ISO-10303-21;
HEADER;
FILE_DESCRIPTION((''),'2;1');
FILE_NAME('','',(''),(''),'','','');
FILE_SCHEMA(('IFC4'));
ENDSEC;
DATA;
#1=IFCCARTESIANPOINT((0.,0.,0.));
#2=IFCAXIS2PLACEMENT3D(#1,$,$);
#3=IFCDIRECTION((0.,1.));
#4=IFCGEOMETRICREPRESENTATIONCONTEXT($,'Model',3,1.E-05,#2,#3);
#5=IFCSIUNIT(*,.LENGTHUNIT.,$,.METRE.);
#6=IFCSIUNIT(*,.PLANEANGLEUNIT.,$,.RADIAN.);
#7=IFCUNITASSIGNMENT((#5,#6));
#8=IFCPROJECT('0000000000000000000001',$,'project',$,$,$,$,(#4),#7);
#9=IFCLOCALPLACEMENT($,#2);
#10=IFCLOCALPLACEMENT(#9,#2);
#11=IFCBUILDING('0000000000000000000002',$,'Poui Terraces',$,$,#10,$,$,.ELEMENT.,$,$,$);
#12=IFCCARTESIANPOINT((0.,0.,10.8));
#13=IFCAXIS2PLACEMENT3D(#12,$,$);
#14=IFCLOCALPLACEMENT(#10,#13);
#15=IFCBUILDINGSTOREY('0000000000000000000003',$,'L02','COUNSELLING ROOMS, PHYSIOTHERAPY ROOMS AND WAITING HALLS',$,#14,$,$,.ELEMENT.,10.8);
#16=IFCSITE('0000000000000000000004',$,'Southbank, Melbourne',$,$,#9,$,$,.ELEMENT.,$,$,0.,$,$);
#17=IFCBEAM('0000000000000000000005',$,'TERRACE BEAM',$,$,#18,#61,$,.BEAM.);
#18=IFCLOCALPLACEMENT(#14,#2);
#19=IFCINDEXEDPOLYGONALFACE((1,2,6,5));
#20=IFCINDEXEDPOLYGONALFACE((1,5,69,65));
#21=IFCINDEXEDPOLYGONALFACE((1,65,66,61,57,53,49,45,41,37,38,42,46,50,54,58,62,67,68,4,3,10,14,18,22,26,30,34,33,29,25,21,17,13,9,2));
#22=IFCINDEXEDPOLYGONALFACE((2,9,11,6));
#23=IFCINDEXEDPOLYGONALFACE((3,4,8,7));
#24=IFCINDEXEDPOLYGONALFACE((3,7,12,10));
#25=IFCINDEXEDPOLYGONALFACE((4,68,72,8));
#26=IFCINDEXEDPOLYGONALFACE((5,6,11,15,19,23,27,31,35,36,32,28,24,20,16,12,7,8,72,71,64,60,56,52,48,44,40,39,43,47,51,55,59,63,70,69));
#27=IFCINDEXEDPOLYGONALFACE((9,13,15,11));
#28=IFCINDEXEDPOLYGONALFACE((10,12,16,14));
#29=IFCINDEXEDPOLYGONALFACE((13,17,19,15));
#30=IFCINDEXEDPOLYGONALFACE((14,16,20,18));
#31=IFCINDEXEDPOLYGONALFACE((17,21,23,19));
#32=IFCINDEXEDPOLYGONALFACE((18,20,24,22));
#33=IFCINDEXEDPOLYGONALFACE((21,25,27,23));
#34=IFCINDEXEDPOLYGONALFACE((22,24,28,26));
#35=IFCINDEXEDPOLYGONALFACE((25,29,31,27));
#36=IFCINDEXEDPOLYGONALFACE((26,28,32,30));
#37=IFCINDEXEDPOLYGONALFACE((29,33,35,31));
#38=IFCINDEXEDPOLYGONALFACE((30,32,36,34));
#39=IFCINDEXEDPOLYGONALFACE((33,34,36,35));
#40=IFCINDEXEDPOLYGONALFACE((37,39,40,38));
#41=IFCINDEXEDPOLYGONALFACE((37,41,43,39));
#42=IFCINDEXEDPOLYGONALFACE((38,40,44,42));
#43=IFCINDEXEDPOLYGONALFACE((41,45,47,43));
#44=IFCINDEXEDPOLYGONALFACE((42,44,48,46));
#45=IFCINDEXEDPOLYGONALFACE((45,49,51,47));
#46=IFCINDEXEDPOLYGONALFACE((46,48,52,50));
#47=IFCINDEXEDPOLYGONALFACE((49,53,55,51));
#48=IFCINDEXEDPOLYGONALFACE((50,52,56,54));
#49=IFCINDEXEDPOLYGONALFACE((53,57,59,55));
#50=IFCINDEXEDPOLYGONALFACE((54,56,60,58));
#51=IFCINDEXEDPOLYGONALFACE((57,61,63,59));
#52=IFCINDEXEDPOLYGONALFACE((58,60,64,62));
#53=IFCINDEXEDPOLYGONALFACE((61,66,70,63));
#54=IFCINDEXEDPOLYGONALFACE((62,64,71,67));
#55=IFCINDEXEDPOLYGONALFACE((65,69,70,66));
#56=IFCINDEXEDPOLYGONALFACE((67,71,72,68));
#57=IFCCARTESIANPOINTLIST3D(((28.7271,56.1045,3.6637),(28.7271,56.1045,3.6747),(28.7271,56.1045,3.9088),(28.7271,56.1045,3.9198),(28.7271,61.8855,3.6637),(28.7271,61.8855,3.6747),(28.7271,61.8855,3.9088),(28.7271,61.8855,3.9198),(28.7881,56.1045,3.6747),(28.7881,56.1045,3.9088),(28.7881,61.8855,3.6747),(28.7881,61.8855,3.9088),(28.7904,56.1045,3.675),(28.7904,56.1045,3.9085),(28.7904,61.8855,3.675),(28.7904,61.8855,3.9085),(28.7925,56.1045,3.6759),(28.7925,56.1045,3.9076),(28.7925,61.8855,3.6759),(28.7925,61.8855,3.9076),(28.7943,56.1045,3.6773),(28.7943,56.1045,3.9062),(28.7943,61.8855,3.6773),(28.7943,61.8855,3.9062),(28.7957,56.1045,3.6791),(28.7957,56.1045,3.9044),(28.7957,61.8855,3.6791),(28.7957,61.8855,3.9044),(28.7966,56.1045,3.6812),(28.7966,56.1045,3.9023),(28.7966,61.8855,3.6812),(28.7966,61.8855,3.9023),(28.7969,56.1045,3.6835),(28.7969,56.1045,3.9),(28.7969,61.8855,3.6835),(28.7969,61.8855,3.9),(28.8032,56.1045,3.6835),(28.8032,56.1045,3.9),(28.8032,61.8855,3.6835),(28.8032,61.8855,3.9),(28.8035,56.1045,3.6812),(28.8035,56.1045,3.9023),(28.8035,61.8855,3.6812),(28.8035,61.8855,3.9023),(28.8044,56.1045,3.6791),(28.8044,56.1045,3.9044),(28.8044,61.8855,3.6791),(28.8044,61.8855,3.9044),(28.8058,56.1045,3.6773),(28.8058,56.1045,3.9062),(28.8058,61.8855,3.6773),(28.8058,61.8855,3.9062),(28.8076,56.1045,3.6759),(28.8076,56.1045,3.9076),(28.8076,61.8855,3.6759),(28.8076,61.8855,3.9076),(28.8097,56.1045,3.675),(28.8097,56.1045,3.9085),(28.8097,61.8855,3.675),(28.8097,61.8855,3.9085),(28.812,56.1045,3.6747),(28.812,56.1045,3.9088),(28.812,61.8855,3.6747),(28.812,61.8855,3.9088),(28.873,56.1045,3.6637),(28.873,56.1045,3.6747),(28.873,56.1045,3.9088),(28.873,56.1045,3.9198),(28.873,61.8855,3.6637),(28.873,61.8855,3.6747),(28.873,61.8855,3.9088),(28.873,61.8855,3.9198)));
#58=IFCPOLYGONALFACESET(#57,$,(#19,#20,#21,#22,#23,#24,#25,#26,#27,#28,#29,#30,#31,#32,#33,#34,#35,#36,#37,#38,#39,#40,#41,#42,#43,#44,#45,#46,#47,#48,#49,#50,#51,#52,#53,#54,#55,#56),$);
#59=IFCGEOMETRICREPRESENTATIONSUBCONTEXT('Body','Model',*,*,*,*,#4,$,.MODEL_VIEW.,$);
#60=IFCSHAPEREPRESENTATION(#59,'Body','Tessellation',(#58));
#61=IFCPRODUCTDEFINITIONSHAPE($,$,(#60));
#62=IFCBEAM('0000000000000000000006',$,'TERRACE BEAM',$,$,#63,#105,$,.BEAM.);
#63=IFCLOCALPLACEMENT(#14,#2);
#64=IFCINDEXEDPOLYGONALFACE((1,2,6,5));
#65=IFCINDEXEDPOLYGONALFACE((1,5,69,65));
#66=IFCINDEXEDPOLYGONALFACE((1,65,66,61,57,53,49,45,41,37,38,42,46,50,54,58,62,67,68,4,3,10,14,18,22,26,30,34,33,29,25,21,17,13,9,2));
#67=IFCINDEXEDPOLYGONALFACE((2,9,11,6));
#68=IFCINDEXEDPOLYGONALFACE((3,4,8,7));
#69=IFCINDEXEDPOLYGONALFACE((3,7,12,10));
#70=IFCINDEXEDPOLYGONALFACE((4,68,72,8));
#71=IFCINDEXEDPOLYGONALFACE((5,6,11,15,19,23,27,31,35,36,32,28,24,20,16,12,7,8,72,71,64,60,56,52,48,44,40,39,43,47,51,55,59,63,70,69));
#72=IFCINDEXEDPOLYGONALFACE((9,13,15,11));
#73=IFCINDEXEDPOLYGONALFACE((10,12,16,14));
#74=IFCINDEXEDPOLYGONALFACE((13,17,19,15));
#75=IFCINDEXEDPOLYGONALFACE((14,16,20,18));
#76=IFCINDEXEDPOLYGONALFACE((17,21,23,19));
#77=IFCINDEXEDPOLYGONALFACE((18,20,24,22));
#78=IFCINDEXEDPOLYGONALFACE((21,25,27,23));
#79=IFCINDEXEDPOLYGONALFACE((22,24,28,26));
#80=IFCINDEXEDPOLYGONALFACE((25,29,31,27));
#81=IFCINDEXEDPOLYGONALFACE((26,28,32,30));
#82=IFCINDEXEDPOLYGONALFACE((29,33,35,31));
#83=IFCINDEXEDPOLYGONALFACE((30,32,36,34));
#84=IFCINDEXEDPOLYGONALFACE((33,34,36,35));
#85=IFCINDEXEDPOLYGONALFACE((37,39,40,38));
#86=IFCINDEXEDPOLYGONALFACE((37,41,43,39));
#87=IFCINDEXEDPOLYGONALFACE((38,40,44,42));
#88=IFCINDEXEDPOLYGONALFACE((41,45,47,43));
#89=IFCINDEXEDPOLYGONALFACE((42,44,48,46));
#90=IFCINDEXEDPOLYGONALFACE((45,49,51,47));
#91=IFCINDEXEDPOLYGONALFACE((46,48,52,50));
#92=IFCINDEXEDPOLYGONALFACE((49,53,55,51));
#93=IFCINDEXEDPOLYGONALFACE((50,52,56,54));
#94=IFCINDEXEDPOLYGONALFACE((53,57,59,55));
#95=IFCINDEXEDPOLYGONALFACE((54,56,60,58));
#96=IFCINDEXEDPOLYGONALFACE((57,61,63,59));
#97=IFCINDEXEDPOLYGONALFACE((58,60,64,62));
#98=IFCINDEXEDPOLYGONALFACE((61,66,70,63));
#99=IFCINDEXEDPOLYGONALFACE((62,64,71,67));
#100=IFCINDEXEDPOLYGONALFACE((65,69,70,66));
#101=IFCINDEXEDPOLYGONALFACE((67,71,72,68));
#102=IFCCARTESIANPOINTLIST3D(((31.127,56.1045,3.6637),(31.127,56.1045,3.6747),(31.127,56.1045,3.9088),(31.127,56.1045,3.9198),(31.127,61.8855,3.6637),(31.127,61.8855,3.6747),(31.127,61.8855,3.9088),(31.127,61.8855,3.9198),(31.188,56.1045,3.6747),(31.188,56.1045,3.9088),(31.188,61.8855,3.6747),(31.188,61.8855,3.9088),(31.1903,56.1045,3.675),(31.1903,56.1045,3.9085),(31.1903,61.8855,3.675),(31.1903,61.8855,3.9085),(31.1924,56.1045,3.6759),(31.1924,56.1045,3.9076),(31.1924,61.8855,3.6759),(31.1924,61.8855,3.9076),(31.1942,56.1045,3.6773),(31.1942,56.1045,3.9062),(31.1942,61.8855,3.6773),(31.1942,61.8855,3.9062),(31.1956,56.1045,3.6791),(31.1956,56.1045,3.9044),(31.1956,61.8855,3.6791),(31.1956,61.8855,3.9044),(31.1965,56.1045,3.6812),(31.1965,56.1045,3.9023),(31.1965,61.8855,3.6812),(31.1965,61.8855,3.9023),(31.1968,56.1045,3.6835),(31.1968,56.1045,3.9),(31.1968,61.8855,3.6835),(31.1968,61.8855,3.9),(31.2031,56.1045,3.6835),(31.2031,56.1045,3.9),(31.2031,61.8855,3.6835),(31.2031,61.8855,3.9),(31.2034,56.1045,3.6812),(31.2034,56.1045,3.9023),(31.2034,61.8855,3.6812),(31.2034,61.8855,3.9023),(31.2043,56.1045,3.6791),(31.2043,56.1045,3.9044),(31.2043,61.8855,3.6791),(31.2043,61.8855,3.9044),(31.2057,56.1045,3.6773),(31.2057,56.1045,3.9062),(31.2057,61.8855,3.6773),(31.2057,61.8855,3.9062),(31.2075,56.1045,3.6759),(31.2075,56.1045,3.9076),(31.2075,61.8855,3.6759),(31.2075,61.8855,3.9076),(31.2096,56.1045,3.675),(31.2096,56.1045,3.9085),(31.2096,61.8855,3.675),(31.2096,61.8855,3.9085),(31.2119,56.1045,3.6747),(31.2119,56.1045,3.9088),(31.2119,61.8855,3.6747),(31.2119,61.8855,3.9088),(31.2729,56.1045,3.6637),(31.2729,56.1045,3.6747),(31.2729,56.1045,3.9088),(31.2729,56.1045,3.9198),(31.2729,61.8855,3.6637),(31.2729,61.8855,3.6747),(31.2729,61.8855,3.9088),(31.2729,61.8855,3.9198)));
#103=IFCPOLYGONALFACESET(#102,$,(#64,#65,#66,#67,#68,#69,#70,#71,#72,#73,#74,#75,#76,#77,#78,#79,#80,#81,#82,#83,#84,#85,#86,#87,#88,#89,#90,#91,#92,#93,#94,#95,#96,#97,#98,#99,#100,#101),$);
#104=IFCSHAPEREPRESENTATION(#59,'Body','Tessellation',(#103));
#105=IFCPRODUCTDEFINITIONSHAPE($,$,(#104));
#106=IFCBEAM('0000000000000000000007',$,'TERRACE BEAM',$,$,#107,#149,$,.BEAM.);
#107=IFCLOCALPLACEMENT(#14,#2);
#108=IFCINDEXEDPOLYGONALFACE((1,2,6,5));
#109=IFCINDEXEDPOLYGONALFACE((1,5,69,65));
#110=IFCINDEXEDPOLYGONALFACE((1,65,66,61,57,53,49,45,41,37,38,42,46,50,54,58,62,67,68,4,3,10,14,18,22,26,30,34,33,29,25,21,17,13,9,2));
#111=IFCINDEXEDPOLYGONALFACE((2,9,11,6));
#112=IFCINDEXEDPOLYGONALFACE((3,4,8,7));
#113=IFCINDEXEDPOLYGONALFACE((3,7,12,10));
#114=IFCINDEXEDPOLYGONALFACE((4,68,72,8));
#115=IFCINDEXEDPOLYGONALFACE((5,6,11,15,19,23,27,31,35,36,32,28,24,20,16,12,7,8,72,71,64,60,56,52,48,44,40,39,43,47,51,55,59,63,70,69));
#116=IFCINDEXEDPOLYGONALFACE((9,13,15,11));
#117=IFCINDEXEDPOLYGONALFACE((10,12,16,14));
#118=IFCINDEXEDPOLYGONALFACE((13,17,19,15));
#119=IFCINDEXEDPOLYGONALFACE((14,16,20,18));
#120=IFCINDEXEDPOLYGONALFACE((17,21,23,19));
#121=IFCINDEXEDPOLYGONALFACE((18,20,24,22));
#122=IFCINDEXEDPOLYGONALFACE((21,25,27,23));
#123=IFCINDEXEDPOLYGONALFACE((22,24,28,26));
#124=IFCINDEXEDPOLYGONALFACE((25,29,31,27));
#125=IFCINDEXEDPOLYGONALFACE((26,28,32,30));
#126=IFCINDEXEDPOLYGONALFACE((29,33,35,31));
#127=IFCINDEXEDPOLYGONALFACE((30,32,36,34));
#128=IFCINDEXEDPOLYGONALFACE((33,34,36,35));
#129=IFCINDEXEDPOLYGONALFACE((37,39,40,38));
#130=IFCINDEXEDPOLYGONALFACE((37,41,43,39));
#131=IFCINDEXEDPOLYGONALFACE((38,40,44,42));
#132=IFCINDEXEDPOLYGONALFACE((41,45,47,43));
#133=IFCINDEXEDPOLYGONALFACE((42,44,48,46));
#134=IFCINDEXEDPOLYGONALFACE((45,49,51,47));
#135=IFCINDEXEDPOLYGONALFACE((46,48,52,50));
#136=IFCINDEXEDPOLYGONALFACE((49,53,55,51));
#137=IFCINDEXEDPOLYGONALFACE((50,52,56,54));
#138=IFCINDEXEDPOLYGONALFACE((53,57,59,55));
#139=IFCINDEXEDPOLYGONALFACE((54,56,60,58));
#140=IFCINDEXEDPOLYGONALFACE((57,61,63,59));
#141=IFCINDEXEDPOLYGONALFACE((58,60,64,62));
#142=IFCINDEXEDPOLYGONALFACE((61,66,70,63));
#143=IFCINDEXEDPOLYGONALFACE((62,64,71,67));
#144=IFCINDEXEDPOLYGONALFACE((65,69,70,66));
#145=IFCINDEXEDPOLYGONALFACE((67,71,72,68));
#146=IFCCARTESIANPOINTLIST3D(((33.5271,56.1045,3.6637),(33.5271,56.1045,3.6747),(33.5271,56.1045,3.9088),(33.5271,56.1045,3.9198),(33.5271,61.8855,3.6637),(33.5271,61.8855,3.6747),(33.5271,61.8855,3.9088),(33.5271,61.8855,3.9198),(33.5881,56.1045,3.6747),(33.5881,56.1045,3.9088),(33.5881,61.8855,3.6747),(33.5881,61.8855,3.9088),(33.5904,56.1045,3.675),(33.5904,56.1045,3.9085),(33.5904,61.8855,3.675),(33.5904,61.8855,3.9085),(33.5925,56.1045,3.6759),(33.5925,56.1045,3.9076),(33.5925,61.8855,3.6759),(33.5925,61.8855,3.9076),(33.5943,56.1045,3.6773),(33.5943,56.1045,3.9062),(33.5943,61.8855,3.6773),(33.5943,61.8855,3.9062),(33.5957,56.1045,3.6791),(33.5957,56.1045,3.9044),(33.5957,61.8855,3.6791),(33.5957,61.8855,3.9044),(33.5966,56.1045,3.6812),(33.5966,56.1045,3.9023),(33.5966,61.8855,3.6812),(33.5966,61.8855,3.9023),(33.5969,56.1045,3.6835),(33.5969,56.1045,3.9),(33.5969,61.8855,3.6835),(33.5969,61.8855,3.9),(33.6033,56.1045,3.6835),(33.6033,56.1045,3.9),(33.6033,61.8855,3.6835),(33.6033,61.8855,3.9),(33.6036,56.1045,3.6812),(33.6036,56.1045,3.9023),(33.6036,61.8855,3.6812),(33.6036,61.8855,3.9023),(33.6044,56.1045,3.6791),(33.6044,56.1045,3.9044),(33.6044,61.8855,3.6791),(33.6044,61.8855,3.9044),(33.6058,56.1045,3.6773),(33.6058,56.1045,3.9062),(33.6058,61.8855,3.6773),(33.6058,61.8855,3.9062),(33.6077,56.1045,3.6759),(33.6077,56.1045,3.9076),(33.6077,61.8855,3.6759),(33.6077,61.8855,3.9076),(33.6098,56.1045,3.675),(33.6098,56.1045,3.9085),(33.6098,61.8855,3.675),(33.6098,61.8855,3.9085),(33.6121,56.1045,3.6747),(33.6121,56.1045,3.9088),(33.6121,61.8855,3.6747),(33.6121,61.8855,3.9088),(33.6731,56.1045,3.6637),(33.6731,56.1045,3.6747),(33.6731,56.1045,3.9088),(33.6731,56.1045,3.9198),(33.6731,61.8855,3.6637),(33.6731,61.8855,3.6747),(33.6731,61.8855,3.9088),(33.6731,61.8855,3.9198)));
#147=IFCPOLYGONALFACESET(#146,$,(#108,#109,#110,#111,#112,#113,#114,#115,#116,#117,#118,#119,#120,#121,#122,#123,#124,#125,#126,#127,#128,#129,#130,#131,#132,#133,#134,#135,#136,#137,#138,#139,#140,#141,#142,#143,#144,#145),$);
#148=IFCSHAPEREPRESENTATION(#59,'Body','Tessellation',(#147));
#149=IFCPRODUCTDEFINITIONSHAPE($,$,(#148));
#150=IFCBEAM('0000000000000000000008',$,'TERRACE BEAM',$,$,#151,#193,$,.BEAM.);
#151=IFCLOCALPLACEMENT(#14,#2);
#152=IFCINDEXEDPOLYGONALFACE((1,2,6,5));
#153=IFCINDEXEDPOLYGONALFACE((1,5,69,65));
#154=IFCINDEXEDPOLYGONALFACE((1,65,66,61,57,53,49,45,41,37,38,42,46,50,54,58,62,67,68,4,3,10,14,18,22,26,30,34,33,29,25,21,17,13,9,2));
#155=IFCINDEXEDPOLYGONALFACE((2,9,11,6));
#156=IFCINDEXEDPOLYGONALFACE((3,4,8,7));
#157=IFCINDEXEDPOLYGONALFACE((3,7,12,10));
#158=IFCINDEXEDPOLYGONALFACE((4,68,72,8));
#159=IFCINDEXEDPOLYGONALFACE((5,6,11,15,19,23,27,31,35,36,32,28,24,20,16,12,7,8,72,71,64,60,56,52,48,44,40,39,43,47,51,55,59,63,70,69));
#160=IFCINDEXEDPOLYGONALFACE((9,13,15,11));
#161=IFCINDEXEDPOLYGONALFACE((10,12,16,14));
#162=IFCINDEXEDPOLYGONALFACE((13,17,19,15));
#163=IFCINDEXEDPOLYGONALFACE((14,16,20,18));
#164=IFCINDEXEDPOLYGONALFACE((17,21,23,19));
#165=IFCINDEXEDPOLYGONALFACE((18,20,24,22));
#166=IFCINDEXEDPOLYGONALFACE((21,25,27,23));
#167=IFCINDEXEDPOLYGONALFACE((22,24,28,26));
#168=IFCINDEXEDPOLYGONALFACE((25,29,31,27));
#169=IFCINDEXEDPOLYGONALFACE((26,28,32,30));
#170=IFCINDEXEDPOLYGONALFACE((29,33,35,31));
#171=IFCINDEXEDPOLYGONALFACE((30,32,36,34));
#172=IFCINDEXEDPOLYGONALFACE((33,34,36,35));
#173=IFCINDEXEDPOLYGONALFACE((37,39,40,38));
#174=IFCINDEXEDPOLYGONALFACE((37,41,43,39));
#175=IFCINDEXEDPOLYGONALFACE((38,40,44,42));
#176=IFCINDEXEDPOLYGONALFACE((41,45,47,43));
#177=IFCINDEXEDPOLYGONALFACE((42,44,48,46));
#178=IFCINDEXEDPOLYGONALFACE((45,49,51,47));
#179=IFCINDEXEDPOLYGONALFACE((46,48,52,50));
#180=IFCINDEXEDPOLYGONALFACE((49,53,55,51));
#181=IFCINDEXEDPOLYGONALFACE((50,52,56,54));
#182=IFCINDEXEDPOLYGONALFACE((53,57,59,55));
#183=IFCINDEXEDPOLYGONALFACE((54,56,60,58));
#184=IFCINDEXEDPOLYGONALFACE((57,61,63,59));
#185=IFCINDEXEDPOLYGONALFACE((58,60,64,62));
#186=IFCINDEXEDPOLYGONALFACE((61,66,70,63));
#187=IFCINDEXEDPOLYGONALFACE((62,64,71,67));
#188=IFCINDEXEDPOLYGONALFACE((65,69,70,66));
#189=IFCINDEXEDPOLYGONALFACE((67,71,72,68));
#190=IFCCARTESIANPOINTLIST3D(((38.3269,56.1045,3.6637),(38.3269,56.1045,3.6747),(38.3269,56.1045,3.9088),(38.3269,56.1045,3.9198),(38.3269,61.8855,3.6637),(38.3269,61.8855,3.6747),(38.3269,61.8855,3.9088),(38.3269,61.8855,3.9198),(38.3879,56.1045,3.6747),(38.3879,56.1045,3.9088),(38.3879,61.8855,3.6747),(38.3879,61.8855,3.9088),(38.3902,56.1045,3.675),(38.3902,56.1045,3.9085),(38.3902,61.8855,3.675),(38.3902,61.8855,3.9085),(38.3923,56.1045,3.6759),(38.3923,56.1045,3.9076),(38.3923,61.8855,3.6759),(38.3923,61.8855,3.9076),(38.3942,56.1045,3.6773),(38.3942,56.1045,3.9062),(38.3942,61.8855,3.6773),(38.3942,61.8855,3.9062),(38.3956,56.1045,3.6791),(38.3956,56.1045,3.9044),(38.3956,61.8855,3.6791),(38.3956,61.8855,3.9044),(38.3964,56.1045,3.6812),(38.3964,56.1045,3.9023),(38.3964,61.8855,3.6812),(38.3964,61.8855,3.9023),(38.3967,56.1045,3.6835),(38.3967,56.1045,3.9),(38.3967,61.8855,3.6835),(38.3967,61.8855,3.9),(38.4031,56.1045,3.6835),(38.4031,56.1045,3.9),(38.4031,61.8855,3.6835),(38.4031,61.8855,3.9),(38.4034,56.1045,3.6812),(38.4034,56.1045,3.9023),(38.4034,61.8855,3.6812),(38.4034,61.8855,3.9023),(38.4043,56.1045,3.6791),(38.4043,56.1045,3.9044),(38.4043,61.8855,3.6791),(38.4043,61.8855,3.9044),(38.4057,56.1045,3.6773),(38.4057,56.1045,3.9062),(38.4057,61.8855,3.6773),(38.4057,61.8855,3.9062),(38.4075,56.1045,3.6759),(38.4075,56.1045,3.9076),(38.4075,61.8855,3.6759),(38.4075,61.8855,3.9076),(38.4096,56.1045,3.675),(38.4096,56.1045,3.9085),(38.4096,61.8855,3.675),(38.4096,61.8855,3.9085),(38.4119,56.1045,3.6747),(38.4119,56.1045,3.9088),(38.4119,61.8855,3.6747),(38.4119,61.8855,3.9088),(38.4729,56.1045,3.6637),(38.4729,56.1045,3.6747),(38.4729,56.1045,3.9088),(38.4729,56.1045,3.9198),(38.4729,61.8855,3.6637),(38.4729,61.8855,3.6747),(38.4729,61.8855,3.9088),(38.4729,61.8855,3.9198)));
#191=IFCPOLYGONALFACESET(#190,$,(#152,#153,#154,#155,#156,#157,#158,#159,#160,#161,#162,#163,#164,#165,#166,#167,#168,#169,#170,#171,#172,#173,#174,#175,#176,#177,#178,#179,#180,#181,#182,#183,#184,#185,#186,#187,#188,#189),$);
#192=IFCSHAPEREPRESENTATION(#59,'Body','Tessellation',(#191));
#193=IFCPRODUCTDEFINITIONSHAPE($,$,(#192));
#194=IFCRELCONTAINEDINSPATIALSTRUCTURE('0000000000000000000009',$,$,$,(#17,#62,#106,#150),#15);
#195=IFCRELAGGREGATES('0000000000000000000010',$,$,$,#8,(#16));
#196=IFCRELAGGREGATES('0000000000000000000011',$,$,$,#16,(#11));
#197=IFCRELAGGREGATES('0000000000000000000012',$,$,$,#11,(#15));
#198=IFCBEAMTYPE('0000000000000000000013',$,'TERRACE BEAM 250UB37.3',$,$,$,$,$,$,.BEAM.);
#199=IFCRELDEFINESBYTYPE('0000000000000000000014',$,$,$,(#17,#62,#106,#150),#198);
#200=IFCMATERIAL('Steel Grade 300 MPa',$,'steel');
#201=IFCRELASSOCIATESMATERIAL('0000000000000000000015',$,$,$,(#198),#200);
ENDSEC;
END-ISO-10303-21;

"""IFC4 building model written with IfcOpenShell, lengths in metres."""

from ifc_helpers import new_model, si_unit, direction, frame, origin, origin_2d, place, context, subcontext, project, spatial, i_section, extrude, source, transform, mapped, material, material_profile, profile_set, type_object, element, save


model = new_model("IFC4")

# Units and contexts
model_context = context("Model", 3, precision=1e-05, world=origin(), true_north=direction((0.0, 1.0)))
body_context = subcontext(model_context, "Body", "Model", "MODEL_VIEW")
ifc_project = project(units=[si_unit("LENGTHUNIT", "METRE"), si_unit("PLANEANGLEUNIT", "RADIAN")], contexts=[model_context])

# Site, building, storey
site_placement = place(None, origin())
site = spatial("IfcSite", under=ifc_project, at=site_placement, Name="Southbank, Melbourne", CompositionType="ELEMENT", RefElevation=0.0)
building_placement = place(site_placement, origin())
building = spatial("IfcBuilding", under=site, at=building_placement, Name="Poui Terraces", CompositionType="ELEMENT")
storey_placement = place(building_placement, frame((0.0, 0.0, 10.8)))
storey = spatial("IfcBuildingStorey", under=building, at=storey_placement, Name="L02", Description="COUNSELLING ROOMS, PHYSIOTHERAPY ROOMS AND WAITING HALLS", CompositionType="ELEMENT", Elevation=10.8)

# Beams
ifc_material_1 = material(Name="Steel Grade 300 MPa", Category="steel")
ifc_material_profile_1 = material_profile(ifc_material_1, i_section(OverallWidth=0.146, OverallDepth=0.2561, WebThickness=0.0063, FlangeThickness=0.011, FilletRadius=0.0088, at=origin_2d()), Name="250UB37.3")
ifc_profile_set_1 = profile_set([ifc_material_profile_1], Name="Steel Grade 300 MPa")
beam_type_1 = type_object("IfcBeamType", Name="TERRACE BEAM 250UB37.3", PredefinedType="BEAM", material=ifc_profile_set_1)
shared_shape_1 = source(origin(), body_context, "Body", "SweptSolid", [
    extrude(i_section(OverallWidth=0.146, OverallDepth=0.2561, WebThickness=0.0063, FlangeThickness=0.011, FilletRadius=0.0088, at=origin_2d()), origin(), (0.0, 0.0, 1.0), 5.781),
])
for number, where, z_axis, x_axis, name in (
    (1, (28.8, 56.1045, 3.7917), (0.0, 1.0, 0.0), (-1.0, 0.0, 0.0), "TERRACE BEAM"),
    (2, (31.2, 56.1045, 3.7917), (0.0, 1.0, 0.0), (-1.0, 0.0, 0.0), "TERRACE BEAM"),
    (3, (33.6001, 56.1045, 3.7917), (0.0, 1.0, 0.0), (-1.0, 0.0, 0.0), "TERRACE BEAM"),
    (4, (38.3999, 56.1045, 3.7917), (0.0, 1.0, 0.0), (-1.0, 0.0, 0.0), "TERRACE BEAM"),
):
    element("IfcBeam", number, at=place(storey_placement, frame(where, z_axis=z_axis, x_axis=x_axis)), inside=storey, type_object=beam_type_1, Name=name, PredefinedType="BEAM", context=body_context, shape_type="MappedRepresentation", body=[
        mapped(shared_shape_1, transform((0.0, 0.0, 0.0))),
    ])

save(model, "model.ifc")
